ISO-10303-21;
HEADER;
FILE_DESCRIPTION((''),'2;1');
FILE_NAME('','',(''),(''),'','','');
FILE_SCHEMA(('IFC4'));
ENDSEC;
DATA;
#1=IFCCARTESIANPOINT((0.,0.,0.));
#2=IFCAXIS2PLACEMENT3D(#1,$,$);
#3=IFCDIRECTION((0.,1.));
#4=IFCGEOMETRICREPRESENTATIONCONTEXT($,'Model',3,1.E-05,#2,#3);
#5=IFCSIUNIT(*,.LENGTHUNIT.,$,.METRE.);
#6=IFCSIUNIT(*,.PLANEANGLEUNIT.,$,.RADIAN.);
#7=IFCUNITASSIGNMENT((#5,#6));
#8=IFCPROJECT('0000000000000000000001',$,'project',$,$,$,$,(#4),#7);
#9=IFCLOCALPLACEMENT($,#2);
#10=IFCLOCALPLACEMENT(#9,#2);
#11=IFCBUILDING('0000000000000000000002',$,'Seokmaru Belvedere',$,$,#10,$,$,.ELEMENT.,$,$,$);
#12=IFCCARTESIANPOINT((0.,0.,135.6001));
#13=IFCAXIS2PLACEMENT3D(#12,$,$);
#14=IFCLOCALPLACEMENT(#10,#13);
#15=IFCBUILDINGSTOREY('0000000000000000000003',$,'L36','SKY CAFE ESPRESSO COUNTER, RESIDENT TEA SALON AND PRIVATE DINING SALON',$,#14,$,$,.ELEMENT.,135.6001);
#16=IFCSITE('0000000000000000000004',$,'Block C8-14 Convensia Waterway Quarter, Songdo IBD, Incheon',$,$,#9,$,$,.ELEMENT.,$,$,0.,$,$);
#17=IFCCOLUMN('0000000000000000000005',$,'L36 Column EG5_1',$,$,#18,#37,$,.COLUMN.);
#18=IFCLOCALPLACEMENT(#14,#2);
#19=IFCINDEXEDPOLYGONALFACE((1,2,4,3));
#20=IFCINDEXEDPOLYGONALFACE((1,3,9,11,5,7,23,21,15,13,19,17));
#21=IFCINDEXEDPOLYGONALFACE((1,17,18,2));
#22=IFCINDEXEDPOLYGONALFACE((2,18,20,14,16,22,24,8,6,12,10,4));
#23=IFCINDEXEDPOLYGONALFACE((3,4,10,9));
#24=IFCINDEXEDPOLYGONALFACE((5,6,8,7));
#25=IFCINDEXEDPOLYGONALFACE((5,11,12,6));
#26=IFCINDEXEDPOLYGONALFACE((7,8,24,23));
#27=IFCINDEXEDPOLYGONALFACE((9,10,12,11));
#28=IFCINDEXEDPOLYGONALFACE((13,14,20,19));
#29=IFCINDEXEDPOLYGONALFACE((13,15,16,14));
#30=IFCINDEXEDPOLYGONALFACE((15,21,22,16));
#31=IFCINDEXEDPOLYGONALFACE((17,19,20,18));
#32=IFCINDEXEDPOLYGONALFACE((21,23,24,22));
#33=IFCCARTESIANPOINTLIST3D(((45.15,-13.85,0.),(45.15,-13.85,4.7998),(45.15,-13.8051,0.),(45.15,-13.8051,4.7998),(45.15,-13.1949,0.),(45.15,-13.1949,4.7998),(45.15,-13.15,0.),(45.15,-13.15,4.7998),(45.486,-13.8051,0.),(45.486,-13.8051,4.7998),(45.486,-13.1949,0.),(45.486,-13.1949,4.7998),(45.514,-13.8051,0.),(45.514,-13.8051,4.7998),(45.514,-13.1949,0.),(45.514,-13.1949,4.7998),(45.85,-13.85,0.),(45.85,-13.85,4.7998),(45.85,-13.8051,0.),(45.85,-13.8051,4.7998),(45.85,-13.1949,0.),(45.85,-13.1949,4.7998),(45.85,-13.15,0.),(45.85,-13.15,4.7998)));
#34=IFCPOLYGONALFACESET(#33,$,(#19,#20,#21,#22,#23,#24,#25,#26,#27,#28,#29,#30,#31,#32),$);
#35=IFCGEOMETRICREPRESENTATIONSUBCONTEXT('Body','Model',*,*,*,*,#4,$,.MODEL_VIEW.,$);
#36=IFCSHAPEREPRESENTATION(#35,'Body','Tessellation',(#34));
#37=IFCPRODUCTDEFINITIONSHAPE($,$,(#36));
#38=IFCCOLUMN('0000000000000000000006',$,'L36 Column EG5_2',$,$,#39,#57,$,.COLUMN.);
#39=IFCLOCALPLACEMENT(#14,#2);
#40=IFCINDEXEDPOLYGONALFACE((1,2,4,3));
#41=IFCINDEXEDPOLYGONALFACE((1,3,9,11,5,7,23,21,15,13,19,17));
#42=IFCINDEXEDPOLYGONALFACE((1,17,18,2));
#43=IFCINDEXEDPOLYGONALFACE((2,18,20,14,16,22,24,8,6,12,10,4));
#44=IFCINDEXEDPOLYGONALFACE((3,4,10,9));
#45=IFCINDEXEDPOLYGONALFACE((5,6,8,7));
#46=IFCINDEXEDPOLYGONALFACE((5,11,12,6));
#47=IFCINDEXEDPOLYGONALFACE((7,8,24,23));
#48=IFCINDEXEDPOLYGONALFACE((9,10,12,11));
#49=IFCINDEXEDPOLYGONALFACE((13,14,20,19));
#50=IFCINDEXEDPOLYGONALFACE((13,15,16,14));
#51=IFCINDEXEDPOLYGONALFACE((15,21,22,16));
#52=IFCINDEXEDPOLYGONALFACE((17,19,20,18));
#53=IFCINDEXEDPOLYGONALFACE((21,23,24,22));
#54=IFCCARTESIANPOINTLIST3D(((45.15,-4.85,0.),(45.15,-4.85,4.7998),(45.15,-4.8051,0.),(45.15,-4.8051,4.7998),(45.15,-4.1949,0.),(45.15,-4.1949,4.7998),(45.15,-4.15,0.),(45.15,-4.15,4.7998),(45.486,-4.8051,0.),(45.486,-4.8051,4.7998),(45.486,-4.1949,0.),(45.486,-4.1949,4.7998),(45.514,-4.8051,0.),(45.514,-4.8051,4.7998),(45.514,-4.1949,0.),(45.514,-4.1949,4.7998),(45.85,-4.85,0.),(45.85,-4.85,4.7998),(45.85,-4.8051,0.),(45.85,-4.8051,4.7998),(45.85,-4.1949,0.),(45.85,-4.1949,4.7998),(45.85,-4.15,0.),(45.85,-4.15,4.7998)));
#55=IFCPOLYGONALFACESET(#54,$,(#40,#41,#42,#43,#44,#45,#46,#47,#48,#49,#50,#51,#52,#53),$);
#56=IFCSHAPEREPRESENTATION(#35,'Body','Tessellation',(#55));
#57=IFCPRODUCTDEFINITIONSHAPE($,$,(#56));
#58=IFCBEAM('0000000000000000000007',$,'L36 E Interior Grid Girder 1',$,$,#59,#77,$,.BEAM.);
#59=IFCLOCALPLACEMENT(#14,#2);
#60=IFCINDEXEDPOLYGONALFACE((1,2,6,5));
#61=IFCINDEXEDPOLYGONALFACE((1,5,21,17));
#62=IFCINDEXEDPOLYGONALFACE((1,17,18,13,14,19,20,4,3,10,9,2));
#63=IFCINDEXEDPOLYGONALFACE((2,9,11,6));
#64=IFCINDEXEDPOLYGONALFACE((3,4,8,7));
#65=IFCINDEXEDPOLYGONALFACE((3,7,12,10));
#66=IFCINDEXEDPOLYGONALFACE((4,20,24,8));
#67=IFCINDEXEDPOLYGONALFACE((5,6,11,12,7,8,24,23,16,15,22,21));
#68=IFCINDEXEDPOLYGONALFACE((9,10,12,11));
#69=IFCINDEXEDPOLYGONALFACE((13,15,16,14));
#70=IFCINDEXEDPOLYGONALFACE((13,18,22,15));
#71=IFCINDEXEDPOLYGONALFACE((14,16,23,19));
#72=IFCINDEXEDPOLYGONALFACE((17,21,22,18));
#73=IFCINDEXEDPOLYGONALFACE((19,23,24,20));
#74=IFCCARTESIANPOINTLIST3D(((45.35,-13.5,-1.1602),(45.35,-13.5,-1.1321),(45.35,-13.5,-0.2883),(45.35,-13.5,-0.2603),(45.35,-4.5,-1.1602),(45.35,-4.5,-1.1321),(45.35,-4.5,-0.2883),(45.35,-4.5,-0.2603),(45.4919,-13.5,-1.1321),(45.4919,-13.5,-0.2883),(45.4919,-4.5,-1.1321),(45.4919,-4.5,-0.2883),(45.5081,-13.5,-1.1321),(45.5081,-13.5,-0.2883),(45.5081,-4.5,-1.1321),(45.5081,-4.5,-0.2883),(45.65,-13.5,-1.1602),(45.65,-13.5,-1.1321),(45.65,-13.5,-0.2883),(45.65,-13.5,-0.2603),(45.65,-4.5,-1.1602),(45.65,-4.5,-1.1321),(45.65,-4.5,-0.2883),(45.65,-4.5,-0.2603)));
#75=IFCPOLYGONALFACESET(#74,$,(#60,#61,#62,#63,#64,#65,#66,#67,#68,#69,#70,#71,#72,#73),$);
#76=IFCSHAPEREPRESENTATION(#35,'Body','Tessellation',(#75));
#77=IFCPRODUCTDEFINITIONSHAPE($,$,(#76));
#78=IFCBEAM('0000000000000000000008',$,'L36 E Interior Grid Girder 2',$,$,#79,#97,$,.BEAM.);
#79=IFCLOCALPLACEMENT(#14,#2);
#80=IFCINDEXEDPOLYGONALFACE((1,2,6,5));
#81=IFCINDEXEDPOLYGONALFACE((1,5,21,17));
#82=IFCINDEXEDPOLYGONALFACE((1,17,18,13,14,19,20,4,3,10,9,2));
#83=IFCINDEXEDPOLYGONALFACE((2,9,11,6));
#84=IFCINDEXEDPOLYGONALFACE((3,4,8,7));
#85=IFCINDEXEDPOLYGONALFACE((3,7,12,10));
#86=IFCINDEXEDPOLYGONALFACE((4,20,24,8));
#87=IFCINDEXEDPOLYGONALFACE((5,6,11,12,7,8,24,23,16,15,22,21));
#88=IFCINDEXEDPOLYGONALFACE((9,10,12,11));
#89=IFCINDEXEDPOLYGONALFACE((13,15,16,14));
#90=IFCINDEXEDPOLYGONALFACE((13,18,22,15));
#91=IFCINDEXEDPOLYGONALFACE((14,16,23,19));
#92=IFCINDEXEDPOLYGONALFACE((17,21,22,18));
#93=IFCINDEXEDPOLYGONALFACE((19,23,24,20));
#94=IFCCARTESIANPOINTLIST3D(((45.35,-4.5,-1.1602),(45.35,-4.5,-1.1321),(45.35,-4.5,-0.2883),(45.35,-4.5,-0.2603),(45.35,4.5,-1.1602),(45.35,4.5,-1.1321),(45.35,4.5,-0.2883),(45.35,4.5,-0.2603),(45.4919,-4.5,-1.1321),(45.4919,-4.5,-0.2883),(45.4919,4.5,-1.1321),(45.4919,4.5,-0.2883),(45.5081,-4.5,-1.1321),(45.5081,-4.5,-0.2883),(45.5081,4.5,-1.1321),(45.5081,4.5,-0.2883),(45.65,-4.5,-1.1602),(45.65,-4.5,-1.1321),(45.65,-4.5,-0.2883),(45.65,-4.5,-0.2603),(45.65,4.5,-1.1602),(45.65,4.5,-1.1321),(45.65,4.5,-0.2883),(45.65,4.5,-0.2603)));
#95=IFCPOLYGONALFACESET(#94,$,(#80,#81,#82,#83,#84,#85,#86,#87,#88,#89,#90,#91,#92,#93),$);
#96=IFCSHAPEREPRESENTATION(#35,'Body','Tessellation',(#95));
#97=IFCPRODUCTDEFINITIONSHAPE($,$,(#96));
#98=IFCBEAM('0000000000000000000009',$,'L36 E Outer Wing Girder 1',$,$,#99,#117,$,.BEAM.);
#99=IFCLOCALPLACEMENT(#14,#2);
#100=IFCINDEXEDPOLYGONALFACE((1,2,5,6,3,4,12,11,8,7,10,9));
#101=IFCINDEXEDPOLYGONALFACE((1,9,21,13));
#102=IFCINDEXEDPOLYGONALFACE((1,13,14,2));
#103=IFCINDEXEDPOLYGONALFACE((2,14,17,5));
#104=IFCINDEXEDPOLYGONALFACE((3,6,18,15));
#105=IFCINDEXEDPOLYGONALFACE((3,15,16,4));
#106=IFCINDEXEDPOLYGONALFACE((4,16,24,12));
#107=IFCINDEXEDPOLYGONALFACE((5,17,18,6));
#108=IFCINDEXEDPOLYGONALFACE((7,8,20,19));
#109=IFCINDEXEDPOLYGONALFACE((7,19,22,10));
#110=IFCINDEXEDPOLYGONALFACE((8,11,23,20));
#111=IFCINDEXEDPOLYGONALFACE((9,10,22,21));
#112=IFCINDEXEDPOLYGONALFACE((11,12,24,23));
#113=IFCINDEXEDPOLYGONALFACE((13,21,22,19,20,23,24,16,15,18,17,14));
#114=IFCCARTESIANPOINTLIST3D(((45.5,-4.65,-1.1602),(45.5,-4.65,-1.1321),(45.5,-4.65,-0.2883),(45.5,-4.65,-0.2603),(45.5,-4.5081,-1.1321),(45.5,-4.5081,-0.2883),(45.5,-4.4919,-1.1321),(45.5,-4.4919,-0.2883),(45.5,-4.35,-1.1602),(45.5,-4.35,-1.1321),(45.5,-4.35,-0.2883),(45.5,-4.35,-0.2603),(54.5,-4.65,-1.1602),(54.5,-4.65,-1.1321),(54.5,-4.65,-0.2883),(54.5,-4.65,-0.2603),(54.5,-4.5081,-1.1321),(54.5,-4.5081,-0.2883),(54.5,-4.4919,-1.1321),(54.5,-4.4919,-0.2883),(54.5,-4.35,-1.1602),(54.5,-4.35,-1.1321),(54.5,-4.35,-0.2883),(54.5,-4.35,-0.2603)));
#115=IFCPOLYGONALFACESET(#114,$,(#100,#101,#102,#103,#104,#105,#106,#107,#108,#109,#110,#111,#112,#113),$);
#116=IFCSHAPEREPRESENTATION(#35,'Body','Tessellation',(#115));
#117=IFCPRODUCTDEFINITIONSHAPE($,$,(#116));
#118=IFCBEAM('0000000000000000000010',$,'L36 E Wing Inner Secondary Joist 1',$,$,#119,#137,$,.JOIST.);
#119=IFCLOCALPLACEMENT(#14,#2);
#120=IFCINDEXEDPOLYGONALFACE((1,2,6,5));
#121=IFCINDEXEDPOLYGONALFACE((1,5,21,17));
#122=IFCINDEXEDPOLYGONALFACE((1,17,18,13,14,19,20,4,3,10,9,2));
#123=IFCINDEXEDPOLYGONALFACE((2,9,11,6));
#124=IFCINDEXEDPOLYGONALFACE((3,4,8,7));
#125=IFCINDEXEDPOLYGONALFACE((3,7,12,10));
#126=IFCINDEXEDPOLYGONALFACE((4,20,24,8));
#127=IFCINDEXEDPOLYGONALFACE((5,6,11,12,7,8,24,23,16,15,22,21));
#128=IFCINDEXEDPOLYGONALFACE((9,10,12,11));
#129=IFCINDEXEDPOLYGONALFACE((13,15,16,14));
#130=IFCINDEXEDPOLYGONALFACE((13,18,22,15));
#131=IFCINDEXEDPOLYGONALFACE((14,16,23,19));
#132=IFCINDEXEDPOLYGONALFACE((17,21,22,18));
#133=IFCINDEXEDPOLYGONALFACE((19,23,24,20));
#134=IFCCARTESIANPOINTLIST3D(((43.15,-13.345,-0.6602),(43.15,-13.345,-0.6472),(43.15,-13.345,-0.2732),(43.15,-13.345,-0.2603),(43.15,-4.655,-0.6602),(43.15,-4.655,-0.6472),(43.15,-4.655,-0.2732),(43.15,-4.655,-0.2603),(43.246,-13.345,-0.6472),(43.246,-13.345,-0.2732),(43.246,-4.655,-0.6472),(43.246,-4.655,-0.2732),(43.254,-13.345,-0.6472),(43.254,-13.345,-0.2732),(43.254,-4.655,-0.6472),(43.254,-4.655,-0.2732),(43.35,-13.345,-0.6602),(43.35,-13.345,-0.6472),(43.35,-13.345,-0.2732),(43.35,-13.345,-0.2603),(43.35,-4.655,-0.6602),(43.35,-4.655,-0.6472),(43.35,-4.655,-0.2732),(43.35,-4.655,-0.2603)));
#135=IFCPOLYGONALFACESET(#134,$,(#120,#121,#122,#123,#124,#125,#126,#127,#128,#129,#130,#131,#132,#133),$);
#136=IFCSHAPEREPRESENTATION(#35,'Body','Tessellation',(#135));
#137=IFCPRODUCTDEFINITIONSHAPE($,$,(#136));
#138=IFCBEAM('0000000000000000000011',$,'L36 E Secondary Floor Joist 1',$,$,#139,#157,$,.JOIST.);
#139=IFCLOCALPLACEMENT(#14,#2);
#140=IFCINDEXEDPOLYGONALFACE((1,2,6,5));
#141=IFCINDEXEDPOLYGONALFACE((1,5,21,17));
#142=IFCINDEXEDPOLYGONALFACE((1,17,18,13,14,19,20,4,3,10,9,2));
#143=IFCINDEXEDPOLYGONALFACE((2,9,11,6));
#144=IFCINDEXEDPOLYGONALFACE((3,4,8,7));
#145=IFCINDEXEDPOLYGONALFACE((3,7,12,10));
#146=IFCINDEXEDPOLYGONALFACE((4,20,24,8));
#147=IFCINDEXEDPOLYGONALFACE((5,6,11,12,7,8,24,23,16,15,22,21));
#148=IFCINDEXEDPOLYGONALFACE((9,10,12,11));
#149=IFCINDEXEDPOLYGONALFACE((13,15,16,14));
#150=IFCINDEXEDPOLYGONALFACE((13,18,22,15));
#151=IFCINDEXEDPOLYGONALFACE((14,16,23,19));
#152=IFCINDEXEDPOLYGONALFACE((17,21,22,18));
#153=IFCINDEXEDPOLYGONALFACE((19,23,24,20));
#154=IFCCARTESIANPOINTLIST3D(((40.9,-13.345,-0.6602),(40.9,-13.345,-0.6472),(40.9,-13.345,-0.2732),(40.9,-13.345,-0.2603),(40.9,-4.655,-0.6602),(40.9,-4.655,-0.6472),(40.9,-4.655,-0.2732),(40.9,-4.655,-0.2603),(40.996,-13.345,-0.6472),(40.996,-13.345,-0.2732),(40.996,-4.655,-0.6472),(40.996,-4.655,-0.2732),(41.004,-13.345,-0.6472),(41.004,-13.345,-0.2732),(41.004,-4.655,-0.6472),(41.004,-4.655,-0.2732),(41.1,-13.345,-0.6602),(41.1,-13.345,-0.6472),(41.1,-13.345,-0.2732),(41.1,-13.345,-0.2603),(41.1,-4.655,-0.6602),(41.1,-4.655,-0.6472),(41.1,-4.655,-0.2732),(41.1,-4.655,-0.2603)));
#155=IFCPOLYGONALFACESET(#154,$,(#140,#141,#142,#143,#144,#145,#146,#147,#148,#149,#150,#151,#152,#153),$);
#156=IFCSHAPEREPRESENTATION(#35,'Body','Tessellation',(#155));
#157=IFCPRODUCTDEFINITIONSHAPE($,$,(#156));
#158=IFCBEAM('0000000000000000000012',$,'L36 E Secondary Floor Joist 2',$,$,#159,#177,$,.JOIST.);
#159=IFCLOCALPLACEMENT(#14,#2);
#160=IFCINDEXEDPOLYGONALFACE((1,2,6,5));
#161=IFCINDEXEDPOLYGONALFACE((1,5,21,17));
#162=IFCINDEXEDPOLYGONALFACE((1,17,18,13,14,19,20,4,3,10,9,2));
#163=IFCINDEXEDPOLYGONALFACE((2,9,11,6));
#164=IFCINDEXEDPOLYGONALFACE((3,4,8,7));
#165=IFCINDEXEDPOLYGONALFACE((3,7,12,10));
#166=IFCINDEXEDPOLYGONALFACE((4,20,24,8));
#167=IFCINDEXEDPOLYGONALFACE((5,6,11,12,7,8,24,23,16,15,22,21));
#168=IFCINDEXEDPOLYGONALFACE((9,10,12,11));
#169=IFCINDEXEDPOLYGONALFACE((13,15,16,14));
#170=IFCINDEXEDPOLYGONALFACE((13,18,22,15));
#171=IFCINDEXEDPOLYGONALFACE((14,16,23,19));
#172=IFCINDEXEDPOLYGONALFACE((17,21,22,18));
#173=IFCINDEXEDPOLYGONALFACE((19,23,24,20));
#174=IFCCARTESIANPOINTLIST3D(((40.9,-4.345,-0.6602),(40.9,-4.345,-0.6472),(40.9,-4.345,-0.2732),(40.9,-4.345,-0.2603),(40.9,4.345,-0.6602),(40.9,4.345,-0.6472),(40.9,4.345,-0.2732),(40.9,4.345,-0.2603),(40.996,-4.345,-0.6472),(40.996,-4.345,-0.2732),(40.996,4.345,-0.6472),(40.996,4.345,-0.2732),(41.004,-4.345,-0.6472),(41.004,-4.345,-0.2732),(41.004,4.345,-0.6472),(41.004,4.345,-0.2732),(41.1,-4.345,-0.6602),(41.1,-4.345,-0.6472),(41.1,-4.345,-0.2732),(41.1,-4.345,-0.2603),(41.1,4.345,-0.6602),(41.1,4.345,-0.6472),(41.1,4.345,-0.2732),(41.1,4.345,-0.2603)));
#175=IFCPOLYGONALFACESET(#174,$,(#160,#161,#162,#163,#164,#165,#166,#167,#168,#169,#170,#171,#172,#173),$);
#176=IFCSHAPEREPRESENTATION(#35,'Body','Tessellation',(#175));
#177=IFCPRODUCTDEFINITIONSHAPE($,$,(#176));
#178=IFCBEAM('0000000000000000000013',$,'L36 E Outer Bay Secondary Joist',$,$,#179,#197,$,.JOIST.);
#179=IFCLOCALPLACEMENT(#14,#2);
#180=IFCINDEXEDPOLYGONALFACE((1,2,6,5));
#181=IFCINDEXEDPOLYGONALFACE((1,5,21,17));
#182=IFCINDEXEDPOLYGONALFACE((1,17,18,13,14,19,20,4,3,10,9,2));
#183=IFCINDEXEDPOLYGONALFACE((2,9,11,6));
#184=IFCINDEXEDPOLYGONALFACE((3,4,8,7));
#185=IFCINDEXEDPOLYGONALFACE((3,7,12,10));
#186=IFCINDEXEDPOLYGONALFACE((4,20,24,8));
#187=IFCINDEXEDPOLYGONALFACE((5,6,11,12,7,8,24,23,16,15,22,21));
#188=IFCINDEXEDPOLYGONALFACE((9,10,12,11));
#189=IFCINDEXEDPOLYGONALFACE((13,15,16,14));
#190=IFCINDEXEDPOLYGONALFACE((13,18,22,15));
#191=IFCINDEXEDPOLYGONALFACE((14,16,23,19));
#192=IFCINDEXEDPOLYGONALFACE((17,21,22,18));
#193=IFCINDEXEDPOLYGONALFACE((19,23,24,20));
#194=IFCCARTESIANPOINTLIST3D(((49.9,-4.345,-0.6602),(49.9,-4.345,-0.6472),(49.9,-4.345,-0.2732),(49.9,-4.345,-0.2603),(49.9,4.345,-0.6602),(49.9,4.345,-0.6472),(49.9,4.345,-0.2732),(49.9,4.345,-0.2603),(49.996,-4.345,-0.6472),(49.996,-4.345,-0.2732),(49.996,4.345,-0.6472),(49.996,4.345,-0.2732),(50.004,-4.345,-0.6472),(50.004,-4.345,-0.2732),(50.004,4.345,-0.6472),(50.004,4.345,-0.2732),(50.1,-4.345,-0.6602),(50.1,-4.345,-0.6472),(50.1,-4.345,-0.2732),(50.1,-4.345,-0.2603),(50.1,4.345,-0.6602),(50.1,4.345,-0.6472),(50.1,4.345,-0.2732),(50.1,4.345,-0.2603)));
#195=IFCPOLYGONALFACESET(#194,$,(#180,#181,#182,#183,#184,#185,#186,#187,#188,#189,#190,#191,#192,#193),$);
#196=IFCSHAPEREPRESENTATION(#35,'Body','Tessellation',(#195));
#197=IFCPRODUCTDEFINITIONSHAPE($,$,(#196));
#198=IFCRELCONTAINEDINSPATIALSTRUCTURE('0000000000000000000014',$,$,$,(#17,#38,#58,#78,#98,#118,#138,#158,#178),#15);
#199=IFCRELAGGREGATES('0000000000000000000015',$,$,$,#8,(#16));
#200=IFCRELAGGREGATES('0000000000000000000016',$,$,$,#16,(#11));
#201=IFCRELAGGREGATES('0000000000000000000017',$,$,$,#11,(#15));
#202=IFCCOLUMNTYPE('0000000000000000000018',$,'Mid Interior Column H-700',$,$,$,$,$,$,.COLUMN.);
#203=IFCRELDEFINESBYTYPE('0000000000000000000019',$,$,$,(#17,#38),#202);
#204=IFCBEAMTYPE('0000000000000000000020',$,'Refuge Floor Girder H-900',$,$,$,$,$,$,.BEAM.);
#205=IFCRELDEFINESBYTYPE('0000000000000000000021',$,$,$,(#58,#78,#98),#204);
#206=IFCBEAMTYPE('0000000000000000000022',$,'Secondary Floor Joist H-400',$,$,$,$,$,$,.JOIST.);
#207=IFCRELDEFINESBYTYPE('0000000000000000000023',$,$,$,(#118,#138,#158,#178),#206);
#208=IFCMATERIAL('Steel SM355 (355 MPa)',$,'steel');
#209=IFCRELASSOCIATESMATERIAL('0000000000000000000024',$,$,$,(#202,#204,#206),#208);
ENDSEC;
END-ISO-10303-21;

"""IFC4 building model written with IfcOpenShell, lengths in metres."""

from ifc_helpers import new_model, si_unit, direction, frame, origin, origin_2d, place, context, subcontext, project, spatial, i_section, extrude, source, transform, mapped, material, material_profile, profile_set, type_object, type_shapes, element, save


model = new_model("IFC4")

# Units and contexts
model_context = context("Model", 3, precision=1e-05, world=origin(), true_north=direction((0.0, 1.0)))
body_context = subcontext(model_context, "Body", "Model", "MODEL_VIEW")
ifc_project = project(units=[si_unit("LENGTHUNIT", "METRE"), si_unit("PLANEANGLEUNIT", "RADIAN")], contexts=[model_context])

# Site, building, storey
site_placement = place(None, origin())
site = spatial("IfcSite", under=ifc_project, at=site_placement, Name="Block C8-14 Convensia Waterway Quarter, Songdo IBD, Incheon", CompositionType="ELEMENT", RefElevation=0.0)
building_placement = place(site_placement, origin())
building = spatial("IfcBuilding", under=site, at=building_placement, Name="Seokmaru Belvedere", CompositionType="ELEMENT")
storey_placement = place(building_placement, frame((0.0, 0.0, 135.6001)))
storey = spatial("IfcBuildingStorey", under=building, at=storey_placement, Name="L36", Description="SKY CAFE ESPRESSO COUNTER, RESIDENT TEA SALON AND PRIVATE DINING SALON", CompositionType="ELEMENT", Elevation=135.6001)

# Columns
ifc_material_1 = material(Name="Steel SM355 (355 MPa)", Category="steel")
ifc_material_profile_1 = material_profile(ifc_material_1, i_section(OverallWidth=0.7, OverallDepth=0.7, WebThickness=0.0281, FlangeThickness=0.0449, at=origin_2d()), Name="H-700x700x28x45")
ifc_profile_set_1 = profile_set([ifc_material_profile_1], Name="Steel SM355 (355 MPa)")
column_type = type_object("IfcColumnType", Name="Mid Interior Column H-700", PredefinedType="COLUMN", material=ifc_profile_set_1)
shared_shape_1 = source(origin(), body_context, "Body", "SweptSolid", [
    extrude(i_section(OverallWidth=0.7, OverallDepth=0.7, WebThickness=0.0281, FlangeThickness=0.0449, at=origin_2d()), origin(), (0.0, 0.0, 1.0), 4.7998),
])
type_shapes(column_type, [shared_shape_1])
for number, where, z_axis, x_axis, name in (
    (1, (45.5, -13.5, 0.0), (0.0, 0.0, 1.0), (1.0, 0.0, 0.0), "L36 Column EG5_1"),
    (2, (45.5, -4.5, 0.0), (0.0, 0.0, 1.0), (1.0, 0.0, 0.0), "L36 Column EG5_2"),
):
    element("IfcColumn", number, at=place(storey_placement, frame(where, z_axis=z_axis, x_axis=x_axis)), inside=storey, type_object=column_type, Name=name, PredefinedType="COLUMN", context=body_context, shape_type="MappedRepresentation", body=[
        mapped(shared_shape_1, transform((0.0, 0.0, 0.0), scale=1.0)),
    ])

# Beams
ifc_material_profile_2 = material_profile(ifc_material_1, i_section(OverallWidth=0.3, OverallDepth=0.8999, WebThickness=0.0161, FlangeThickness=0.0281, at=origin_2d()), Name="H-900x300x16x28")
ifc_profile_set_2 = profile_set([ifc_material_profile_2], Name="Steel SM355 (355 MPa)")
beam_type_1 = type_object("IfcBeamType", Name="Refuge Floor Girder H-900", PredefinedType="BEAM", material=ifc_profile_set_2)
shared_shape_2 = source(origin(), body_context, "Body", "SweptSolid", [
    extrude(i_section(OverallWidth=0.3, OverallDepth=0.8999, WebThickness=0.0161, FlangeThickness=0.0281, at=origin_2d()), origin(), (0.0, 0.0, 1.0), 9.0),
])
type_shapes(beam_type_1, [shared_shape_2])
for number, where, z_axis, x_axis, name in (
    (3, (45.5, -13.5, -0.7102), (0.0, 1.0, 0.0), (-1.0, 0.0, 0.0), "L36 E Interior Grid Girder 1"),
    (4, (45.5, -4.5, -0.7102), (0.0, 1.0, 0.0), (-1.0, 0.0, 0.0), "L36 E Interior Grid Girder 2"),
    (5, (45.5, -4.5, -0.7102), (1.0, 0.0, 0.0), (0.0, 1.0, 0.0), "L36 E Outer Wing Girder 1"),
):
    element("IfcBeam", number, at=place(storey_placement, frame(where, z_axis=z_axis, x_axis=x_axis)), inside=storey, type_object=beam_type_1, Name=name, PredefinedType="BEAM", context=body_context, shape_type="MappedRepresentation", body=[
        mapped(shared_shape_2, transform((0.0, 0.0, 0.0), scale=1.0)),
    ])
ifc_material_profile_3 = material_profile(ifc_material_1, i_section(OverallWidth=0.2, OverallDepth=0.3999, WebThickness=0.0081, FlangeThickness=0.0129, at=origin_2d()), Name="H-400x200x8x13")
ifc_profile_set_3 = profile_set([ifc_material_profile_3], Name="Steel SM355 (355 MPa)")
beam_type_2 = type_object("IfcBeamType", Name="Secondary Floor Joist H-400", PredefinedType="JOIST", material=ifc_profile_set_3)
shared_shape_3 = source(origin(), body_context, "Body", "SweptSolid", [
    extrude(i_section(OverallWidth=0.2, OverallDepth=0.3999, WebThickness=0.0081, FlangeThickness=0.0129, at=origin_2d()), origin(), (0.0, 0.0, 1.0), 8.6899),
])
type_shapes(beam_type_2, [shared_shape_3])
for number, where, z_axis, x_axis, name in (
    (6, (43.25, -13.345, -0.4602), (0.0, 1.0, 0.0), (-1.0, 0.0, 0.0), "L36 E Wing Inner Secondary Joist 1"),
    (7, (41.0, -13.345, -0.4602), (0.0, 1.0, 0.0), (-1.0, 0.0, 0.0), "L36 E Secondary Floor Joist 1"),
    (8, (41.0, -4.345, -0.4602), (0.0, 1.0, 0.0), (-1.0, 0.0, 0.0), "L36 E Secondary Floor Joist 2"),
    (9, (50.0, -4.345, -0.4602), (0.0, 1.0, 0.0), (-1.0, 0.0, 0.0), "L36 E Outer Bay Secondary Joist"),
):
    element("IfcBeam", number, at=place(storey_placement, frame(where, z_axis=z_axis, x_axis=x_axis)), inside=storey, type_object=beam_type_2, Name=name, PredefinedType="JOIST", context=body_context, shape_type="MappedRepresentation", body=[
        mapped(shared_shape_3, transform((0.0, 0.0, 0.0), scale=1.0)),
    ])

save(model, "model.ifc")
